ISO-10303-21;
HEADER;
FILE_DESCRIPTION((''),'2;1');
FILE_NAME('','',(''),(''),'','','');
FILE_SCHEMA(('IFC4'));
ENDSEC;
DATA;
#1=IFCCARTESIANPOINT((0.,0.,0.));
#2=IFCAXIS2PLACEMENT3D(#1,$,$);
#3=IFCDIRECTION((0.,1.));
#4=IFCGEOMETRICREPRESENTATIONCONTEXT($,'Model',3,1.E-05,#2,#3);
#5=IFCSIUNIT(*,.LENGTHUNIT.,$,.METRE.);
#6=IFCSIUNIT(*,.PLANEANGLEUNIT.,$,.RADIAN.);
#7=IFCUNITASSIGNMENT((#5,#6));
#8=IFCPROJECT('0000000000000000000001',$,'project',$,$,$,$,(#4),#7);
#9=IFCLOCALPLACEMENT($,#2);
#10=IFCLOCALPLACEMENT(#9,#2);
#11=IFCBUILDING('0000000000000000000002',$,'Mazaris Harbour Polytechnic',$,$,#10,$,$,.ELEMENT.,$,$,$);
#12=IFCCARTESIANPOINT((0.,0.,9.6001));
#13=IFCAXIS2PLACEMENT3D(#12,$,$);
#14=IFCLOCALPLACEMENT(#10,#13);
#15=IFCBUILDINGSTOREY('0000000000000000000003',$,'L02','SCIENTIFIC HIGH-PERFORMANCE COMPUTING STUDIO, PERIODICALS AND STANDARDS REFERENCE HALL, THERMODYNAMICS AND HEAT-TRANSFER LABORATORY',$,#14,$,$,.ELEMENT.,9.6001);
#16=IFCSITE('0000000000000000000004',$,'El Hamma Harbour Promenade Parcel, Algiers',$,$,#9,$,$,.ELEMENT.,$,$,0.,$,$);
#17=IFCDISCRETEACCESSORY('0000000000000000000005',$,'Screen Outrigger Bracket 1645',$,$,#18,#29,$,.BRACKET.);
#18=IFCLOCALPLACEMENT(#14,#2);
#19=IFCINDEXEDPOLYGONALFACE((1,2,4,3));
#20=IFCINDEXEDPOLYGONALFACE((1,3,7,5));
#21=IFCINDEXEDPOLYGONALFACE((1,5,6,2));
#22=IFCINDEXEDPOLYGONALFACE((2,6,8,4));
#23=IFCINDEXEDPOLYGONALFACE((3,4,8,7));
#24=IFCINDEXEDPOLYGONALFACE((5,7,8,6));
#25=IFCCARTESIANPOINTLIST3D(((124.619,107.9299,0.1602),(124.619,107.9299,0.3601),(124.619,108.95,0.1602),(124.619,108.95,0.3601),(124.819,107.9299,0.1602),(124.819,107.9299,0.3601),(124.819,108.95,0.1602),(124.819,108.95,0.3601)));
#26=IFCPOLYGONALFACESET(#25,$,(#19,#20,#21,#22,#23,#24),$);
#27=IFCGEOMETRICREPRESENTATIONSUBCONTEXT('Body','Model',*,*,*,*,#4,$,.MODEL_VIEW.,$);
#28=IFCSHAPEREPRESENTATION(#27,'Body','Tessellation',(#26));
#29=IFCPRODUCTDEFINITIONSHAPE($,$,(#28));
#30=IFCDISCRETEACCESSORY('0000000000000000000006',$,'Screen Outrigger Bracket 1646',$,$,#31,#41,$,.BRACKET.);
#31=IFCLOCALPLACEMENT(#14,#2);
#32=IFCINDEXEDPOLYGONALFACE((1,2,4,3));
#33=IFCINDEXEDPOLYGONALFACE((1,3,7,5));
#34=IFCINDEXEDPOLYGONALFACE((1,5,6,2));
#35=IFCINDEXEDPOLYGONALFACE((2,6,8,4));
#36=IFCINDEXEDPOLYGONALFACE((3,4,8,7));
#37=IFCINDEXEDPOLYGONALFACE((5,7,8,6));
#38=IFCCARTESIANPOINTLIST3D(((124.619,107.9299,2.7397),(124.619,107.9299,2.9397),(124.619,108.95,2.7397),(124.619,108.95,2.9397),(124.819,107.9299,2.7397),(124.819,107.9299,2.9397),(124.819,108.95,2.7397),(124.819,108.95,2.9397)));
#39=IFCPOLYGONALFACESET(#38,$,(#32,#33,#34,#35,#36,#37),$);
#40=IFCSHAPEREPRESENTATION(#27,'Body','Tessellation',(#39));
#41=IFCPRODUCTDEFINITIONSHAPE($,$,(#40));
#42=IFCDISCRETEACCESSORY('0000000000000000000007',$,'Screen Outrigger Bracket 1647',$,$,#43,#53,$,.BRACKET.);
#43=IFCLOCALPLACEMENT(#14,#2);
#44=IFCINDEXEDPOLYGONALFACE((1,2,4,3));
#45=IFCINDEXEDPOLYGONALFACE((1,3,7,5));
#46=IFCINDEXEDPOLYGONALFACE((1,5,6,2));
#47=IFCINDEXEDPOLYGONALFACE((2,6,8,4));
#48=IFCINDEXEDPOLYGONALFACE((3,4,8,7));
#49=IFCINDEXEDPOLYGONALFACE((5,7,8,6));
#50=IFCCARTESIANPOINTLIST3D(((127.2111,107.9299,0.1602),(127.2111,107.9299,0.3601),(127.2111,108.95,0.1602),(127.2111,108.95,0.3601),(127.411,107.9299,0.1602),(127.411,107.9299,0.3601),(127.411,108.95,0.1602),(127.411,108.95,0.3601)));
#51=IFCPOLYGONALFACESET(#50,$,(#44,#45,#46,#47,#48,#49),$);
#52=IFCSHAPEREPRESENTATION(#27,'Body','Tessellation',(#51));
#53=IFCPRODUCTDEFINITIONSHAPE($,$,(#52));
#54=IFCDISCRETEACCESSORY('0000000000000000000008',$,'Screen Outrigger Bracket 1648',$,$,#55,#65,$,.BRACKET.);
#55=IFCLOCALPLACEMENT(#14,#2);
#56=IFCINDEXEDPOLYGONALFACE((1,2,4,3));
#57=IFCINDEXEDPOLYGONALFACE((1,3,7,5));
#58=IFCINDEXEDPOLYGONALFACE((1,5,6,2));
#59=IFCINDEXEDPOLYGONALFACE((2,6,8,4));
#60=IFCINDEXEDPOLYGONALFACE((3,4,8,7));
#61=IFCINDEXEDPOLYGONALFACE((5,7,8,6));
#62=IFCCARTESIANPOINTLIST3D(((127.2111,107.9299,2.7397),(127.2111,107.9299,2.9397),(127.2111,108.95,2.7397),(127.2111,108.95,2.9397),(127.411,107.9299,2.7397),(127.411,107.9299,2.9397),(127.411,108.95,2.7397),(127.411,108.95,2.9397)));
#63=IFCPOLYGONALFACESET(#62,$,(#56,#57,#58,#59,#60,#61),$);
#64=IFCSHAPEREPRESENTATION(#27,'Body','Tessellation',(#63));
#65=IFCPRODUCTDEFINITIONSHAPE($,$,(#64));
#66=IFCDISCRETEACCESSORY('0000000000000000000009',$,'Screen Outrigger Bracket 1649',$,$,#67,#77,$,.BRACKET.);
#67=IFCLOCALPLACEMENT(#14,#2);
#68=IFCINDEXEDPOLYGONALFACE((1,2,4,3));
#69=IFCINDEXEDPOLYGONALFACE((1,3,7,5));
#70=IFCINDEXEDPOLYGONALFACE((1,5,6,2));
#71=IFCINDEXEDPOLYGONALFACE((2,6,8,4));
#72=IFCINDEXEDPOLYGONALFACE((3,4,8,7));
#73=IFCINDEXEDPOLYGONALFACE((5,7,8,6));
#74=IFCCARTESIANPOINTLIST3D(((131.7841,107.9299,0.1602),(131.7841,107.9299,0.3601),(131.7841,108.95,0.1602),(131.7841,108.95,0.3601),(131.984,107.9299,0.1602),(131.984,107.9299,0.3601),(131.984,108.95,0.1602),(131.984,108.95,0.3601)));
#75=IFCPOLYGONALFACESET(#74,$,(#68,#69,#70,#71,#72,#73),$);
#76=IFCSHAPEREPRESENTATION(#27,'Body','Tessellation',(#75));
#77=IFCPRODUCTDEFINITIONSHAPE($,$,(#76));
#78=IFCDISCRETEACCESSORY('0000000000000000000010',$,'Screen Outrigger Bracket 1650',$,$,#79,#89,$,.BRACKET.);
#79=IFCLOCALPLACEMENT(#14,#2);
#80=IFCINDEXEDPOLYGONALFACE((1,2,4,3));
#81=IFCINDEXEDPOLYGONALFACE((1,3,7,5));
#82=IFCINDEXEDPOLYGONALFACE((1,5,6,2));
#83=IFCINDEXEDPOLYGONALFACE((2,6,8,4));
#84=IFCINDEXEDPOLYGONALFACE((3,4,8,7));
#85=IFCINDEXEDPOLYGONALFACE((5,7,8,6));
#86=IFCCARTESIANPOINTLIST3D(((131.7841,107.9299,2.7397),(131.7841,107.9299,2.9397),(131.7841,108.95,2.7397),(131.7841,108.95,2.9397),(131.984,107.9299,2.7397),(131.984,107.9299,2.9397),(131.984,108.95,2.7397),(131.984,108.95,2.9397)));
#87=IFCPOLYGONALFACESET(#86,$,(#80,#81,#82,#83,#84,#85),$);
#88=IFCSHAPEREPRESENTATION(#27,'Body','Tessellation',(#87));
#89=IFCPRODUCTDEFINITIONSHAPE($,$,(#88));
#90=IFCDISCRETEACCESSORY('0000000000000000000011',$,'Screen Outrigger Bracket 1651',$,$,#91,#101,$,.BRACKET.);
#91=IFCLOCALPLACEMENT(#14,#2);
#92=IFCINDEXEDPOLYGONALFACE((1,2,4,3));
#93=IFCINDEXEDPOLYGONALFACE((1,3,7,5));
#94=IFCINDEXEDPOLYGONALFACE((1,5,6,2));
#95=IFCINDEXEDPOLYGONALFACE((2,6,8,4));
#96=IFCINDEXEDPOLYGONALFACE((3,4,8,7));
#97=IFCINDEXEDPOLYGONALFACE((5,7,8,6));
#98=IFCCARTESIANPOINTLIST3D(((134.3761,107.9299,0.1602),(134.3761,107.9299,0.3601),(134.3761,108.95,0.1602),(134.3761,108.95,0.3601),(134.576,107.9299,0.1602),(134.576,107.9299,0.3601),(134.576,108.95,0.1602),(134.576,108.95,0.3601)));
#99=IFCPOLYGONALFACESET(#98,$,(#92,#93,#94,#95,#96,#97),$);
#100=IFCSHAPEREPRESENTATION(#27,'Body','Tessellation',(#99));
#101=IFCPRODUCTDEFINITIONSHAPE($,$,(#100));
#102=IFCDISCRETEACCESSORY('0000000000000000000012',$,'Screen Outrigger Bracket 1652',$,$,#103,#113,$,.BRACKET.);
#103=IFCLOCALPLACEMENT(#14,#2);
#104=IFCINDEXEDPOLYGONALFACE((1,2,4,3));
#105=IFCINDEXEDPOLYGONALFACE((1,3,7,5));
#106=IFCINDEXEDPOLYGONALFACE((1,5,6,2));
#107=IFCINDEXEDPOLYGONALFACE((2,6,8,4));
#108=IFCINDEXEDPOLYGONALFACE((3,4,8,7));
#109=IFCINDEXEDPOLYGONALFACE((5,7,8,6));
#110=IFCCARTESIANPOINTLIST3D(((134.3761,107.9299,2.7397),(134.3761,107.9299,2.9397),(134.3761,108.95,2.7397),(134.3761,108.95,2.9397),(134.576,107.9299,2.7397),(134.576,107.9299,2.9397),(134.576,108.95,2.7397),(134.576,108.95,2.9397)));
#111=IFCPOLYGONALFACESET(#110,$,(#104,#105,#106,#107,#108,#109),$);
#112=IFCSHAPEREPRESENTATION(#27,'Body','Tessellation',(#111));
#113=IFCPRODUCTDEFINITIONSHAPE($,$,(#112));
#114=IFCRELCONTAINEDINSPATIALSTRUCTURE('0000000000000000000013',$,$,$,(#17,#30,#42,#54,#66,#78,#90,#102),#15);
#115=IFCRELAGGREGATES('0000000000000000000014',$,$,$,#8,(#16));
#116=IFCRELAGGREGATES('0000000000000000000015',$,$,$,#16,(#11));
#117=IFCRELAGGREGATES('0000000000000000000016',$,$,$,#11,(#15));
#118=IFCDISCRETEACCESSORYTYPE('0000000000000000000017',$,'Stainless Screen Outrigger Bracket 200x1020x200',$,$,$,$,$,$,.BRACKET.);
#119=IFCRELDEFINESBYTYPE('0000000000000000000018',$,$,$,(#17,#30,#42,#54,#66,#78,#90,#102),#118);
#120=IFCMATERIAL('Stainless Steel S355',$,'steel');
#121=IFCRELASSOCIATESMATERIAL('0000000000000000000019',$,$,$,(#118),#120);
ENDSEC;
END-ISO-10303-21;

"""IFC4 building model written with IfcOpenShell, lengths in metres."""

from ifc_helpers import new_model, si_unit, direction, frame, origin, origin_2d, place, context, subcontext, project, spatial, rectangle, extrude, material, type_object, element, save


model = new_model("IFC4")

# Units and contexts
model_context = context("Model", 3, precision=1e-05, world=origin(), true_north=direction((0.0, 1.0)))
body_context = subcontext(model_context, "Body", "Model", "MODEL_VIEW")
ifc_project = project(units=[si_unit("LENGTHUNIT", "METRE"), si_unit("PLANEANGLEUNIT", "RADIAN")], contexts=[model_context])

# Site, building, storey
site_placement = place(None, origin())
site = spatial("IfcSite", under=ifc_project, at=site_placement, Name="El Hamma Harbour Promenade Parcel, Algiers", CompositionType="ELEMENT", RefElevation=0.0)
building_placement = place(site_placement, origin())
building = spatial("IfcBuilding", under=site, at=building_placement, Name="Mazaris Harbour Polytechnic", CompositionType="ELEMENT")
storey_placement = place(building_placement, frame((0.0, 0.0, 9.6001)))
storey = spatial("IfcBuildingStorey", under=building, at=storey_placement, Name="L02", Description="SCIENTIFIC HIGH-PERFORMANCE COMPUTING STUDIO, PERIODICALS AND STANDARDS REFERENCE HALL, THERMODYNAMICS AND HEAT-TRANSFER LABORATORY", CompositionType="ELEMENT", Elevation=9.6001)

# Discrete accessories
ifc_material_1 = material(Name="Stainless Steel S355", Category="steel")
discrete_accessory_type = type_object("IfcDiscreteAccessoryType", Name="Stainless Screen Outrigger Bracket 200x1020x200", PredefinedType="BRACKET", material=ifc_material_1)
for number, where, z_axis, x_axis, name in (
    (1, (124.719, 108.4399, 0.1602), (0.0, 0.0, 1.0), (1.0, 0.0, 0.0), "Screen Outrigger Bracket 1645"),
    (2, (124.719, 108.4399, 2.7397), (0.0, 0.0, 1.0), (1.0, 0.0, 0.0), "Screen Outrigger Bracket 1646"),
    (3, (127.311, 108.4399, 0.1602), (0.0, 0.0, 1.0), (1.0, 0.0, 0.0), "Screen Outrigger Bracket 1647"),
    (4, (127.311, 108.4399, 2.7397), (0.0, 0.0, 1.0), (1.0, 0.0, 0.0), "Screen Outrigger Bracket 1648"),
    (5, (131.884, 108.4399, 0.1602), (0.0, 0.0, 1.0), (1.0, 0.0, 0.0), "Screen Outrigger Bracket 1649"),
    (6, (131.884, 108.4399, 2.7397), (0.0, 0.0, 1.0), (1.0, 0.0, 0.0), "Screen Outrigger Bracket 1650"),
    (7, (134.4761, 108.4399, 0.1602), (0.0, 0.0, 1.0), (1.0, 0.0, 0.0), "Screen Outrigger Bracket 1651"),
    (8, (134.4761, 108.4399, 2.7397), (0.0, 0.0, 1.0), (1.0, 0.0, 0.0), "Screen Outrigger Bracket 1652"),
):
    element("IfcDiscreteAccessory", number, at=place(storey_placement, frame(where, z_axis=z_axis, x_axis=x_axis)), inside=storey, type_object=discrete_accessory_type, Name=name, PredefinedType="BRACKET", context=body_context, shape_type="SweptSolid", body=[
        extrude(rectangle(XDim=0.2, YDim=1.02, at=origin_2d()), origin(), (0.0, 0.0, 1.0), 0.2),
    ])

save(model, "model.ifc")
